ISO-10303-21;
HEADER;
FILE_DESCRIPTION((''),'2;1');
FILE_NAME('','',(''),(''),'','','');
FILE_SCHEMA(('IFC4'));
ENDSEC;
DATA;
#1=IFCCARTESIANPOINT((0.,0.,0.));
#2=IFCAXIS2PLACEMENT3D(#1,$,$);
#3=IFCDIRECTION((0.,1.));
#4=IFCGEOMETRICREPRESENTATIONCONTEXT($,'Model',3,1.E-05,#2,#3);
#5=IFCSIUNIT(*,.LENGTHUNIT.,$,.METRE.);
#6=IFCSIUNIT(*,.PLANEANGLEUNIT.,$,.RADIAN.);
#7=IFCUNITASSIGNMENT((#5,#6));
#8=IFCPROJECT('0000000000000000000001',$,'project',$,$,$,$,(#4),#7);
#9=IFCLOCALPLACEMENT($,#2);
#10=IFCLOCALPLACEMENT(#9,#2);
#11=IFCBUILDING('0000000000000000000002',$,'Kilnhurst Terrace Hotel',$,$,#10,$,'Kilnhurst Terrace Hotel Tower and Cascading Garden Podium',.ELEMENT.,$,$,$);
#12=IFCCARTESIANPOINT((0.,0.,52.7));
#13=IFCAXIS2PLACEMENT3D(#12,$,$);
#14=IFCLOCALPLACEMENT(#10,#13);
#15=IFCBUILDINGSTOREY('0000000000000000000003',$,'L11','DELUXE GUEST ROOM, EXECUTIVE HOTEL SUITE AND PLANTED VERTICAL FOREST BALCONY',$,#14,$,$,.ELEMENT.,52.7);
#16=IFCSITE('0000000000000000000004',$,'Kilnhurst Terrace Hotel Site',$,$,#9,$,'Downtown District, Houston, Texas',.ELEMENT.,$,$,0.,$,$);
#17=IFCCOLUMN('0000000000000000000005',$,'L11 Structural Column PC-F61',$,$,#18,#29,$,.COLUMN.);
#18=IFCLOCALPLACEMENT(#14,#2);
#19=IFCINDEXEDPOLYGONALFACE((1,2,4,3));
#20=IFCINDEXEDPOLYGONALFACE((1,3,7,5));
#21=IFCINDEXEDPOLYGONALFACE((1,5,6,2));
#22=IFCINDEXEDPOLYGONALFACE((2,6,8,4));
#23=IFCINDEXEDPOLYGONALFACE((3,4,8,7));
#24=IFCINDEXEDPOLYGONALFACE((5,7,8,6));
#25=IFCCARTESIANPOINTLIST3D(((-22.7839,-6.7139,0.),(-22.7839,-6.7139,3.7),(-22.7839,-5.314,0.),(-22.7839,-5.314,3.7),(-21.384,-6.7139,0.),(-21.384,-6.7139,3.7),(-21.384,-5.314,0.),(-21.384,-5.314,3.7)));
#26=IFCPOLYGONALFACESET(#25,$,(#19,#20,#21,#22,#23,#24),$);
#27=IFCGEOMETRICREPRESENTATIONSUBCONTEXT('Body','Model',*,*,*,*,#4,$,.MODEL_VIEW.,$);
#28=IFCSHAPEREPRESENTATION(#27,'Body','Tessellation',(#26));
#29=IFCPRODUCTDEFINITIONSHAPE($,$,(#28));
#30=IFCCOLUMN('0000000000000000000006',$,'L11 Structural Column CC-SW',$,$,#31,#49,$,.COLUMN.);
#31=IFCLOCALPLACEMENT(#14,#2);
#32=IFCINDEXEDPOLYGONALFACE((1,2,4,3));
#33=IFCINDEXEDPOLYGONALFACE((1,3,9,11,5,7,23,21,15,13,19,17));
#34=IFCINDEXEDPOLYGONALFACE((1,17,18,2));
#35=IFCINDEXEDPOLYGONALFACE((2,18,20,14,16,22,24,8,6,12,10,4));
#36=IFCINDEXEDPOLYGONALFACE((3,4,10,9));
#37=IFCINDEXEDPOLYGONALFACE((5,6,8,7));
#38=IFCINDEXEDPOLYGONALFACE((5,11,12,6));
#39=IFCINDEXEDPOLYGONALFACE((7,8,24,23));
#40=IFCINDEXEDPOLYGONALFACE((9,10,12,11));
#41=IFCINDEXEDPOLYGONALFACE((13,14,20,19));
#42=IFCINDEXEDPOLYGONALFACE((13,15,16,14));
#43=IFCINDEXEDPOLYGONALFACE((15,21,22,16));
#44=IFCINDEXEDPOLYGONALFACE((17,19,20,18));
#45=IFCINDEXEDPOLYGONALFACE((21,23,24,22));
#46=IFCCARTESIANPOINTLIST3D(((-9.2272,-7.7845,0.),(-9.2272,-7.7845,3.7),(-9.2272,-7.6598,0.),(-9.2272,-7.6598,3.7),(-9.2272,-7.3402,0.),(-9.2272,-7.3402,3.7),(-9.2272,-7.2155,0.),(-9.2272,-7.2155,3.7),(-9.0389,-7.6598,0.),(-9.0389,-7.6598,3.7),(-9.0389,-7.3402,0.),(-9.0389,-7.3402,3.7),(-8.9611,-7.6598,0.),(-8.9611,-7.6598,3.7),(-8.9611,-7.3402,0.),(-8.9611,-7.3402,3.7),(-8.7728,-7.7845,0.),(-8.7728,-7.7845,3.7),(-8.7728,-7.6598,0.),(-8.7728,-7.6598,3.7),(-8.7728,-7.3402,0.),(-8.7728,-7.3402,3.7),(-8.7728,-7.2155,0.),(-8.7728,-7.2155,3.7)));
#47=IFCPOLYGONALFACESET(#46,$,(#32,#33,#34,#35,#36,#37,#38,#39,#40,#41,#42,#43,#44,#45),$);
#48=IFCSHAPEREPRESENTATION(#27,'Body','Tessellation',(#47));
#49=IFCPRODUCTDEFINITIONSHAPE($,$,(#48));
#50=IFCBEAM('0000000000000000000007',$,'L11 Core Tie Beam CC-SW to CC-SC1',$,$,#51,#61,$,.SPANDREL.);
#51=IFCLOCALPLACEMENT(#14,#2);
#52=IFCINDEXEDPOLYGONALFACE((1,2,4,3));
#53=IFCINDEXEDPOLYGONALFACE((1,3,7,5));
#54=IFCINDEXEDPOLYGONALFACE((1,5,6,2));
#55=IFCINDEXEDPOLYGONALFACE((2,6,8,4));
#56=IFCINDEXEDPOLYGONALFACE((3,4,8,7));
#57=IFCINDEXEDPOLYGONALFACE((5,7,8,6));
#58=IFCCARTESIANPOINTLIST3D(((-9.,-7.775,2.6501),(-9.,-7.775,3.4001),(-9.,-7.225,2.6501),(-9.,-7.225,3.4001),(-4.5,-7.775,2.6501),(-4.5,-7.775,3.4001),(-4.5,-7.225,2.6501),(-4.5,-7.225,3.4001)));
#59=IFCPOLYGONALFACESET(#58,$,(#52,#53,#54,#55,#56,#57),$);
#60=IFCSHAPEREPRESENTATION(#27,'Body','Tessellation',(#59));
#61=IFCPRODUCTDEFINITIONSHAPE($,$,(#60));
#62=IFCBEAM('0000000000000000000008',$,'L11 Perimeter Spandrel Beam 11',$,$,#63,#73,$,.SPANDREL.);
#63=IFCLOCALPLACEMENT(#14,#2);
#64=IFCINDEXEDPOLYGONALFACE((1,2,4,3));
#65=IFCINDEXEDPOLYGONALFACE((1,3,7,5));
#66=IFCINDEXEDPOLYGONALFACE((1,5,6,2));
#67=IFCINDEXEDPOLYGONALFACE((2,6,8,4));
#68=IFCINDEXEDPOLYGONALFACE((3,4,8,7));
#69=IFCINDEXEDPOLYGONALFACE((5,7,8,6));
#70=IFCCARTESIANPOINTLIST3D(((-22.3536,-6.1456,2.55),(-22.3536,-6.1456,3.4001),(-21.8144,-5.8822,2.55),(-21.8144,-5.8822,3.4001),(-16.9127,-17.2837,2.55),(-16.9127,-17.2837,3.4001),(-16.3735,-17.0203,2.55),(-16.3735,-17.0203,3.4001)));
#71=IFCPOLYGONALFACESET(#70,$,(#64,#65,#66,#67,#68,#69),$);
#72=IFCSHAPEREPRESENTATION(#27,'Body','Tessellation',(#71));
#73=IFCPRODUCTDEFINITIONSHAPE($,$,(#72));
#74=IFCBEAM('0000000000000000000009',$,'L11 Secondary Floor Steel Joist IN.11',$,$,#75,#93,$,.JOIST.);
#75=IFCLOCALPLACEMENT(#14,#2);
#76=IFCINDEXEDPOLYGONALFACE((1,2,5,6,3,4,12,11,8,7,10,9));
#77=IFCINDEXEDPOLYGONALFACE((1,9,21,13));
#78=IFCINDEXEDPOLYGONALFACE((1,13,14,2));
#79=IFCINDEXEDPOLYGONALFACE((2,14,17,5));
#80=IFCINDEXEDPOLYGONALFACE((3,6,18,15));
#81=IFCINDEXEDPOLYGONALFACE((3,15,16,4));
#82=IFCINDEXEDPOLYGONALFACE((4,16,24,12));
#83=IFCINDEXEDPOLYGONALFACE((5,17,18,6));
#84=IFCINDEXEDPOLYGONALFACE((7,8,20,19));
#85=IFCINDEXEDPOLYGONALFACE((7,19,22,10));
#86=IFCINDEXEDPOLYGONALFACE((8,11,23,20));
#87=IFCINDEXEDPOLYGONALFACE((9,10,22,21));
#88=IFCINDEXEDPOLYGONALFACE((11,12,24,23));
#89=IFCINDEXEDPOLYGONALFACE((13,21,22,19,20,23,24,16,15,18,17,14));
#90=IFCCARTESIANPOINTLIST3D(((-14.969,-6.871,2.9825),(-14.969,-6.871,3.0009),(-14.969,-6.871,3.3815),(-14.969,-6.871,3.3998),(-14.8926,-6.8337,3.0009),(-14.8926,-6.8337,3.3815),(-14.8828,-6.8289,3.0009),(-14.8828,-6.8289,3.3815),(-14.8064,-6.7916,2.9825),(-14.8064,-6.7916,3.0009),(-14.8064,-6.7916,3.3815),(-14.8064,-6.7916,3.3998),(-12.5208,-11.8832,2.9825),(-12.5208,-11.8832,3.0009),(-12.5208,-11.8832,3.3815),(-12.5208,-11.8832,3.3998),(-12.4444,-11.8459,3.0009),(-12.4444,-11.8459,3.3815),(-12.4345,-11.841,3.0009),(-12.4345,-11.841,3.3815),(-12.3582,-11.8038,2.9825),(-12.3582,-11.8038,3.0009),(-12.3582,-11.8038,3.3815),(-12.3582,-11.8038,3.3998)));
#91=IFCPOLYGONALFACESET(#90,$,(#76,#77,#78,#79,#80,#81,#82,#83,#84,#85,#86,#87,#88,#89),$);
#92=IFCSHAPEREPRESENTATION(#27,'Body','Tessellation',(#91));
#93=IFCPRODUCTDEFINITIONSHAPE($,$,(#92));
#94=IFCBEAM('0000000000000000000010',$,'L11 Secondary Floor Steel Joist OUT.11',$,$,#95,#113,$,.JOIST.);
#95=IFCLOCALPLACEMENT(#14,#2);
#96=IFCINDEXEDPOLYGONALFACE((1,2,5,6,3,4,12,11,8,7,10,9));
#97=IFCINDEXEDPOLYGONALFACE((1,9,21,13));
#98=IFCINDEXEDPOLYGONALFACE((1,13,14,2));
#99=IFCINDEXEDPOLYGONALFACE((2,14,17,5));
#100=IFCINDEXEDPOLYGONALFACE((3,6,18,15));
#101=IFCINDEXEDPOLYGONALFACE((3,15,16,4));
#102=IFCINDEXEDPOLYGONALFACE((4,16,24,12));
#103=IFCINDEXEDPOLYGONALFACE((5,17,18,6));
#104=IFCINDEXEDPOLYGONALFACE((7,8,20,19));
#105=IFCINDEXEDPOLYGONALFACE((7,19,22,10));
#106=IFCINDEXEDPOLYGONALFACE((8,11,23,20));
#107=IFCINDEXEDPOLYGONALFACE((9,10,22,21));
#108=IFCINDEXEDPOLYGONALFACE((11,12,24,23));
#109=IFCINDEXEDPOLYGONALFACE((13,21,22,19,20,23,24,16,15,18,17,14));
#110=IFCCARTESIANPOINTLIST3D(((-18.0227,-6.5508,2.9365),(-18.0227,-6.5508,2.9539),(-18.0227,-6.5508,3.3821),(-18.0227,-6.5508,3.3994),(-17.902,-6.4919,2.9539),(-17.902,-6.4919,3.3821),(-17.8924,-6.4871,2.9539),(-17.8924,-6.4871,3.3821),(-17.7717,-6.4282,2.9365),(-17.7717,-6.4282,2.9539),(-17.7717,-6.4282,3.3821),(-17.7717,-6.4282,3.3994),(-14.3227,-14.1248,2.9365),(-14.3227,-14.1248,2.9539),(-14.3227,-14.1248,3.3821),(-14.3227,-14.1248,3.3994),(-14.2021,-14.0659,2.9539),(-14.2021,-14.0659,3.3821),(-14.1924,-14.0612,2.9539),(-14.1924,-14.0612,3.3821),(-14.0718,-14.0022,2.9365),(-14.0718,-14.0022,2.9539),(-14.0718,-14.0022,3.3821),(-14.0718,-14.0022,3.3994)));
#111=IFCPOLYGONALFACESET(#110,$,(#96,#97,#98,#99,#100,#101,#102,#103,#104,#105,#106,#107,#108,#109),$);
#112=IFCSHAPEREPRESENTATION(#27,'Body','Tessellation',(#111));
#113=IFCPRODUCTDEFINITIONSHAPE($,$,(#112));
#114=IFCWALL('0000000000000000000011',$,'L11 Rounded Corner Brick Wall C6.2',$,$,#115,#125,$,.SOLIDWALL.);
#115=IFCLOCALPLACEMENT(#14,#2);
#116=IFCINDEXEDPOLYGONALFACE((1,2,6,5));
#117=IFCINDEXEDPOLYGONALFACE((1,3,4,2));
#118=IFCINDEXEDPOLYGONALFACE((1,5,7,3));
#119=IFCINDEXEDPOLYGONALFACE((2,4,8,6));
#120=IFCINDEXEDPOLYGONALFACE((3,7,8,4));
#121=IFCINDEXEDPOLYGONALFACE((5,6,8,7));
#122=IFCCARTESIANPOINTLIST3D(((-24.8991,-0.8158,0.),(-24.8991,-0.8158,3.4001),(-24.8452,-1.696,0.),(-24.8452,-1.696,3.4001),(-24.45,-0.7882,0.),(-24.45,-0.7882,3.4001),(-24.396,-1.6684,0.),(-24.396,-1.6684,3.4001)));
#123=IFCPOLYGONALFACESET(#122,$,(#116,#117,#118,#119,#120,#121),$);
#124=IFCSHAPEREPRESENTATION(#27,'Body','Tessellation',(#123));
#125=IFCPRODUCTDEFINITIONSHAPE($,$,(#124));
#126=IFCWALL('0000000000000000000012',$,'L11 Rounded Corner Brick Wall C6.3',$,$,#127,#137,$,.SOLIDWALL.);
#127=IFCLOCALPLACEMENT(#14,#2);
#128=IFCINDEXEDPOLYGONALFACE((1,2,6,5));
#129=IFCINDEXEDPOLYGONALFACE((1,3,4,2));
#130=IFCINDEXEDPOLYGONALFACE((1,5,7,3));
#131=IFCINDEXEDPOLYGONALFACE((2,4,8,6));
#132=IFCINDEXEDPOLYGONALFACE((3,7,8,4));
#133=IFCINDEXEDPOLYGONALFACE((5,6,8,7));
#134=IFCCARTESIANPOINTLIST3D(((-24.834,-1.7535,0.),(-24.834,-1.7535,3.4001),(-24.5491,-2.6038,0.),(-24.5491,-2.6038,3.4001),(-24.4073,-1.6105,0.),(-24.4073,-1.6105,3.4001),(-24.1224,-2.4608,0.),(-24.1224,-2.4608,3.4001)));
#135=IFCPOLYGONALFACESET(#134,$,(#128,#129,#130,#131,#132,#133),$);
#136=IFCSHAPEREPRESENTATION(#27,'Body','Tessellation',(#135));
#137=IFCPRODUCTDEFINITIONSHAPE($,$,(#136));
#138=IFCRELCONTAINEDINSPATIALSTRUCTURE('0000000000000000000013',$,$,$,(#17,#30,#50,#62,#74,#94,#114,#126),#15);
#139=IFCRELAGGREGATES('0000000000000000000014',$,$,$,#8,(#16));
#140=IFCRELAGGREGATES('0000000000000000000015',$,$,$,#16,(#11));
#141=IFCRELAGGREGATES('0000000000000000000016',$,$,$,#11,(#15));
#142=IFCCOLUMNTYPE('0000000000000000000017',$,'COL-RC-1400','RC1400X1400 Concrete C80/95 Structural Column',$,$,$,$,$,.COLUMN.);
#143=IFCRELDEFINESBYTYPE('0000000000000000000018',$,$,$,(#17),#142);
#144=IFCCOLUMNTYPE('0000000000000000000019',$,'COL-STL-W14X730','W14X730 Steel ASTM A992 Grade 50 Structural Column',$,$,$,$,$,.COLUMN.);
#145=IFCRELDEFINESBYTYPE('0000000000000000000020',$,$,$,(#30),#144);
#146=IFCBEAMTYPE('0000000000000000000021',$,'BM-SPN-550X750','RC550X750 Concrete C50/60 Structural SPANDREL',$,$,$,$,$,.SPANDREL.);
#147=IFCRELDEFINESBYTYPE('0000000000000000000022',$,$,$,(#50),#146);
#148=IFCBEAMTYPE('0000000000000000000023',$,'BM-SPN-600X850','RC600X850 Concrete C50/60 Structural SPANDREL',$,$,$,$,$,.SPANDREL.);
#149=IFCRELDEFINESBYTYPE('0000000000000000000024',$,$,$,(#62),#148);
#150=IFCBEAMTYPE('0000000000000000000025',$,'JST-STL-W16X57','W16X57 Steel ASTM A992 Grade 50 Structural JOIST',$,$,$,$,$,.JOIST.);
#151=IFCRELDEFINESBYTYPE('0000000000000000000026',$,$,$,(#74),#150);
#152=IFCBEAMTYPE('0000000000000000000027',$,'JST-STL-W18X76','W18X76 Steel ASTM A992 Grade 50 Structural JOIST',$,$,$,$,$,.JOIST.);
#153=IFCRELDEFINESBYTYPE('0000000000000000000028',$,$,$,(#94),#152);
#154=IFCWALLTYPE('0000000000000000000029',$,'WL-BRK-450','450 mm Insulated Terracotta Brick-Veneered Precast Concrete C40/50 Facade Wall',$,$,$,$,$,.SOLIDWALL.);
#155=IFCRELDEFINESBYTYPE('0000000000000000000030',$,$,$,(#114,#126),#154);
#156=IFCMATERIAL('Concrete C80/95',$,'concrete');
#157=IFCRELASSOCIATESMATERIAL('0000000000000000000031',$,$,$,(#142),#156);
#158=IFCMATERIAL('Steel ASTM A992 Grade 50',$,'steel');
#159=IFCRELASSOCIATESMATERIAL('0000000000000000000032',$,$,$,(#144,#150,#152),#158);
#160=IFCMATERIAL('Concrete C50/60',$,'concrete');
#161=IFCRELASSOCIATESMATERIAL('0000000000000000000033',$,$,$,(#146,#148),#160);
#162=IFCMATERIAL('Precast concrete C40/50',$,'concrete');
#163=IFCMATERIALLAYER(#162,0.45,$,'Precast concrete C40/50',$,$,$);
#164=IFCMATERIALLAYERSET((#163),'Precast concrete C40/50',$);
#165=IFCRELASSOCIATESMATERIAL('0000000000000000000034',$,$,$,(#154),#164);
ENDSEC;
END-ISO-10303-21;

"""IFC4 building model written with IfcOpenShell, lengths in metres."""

from ifc_helpers import new_model, si_unit, direction, frame, frame_2d, origin, origin_2d, place, context, subcontext, project, spatial, rectangle, i_section, extrude, material, layer, layer_set, material_profile, profile_set, type_object, element, save


model = new_model("IFC4")

# Units and contexts
model_context = context("Model", 3, precision=1e-05, world=origin(), true_north=direction((0.0, 1.0)))
body_context = subcontext(model_context, "Body", "Model", "MODEL_VIEW")
ifc_project = project(units=[si_unit("LENGTHUNIT", "METRE"), si_unit("PLANEANGLEUNIT", "RADIAN")], contexts=[model_context])

# Site, building, storey
site_placement = place(None, origin())
site = spatial("IfcSite", under=ifc_project, at=site_placement, Name="Kilnhurst Terrace Hotel Site", LongName="Downtown District, Houston, Texas", CompositionType="ELEMENT", RefElevation=0.0)
building_placement = place(site_placement, origin())
building = spatial("IfcBuilding", under=site, at=building_placement, Name="Kilnhurst Terrace Hotel", LongName="Kilnhurst Terrace Hotel Tower and Cascading Garden Podium", CompositionType="ELEMENT")
storey_placement = place(building_placement, frame((0.0, 0.0, 52.7)))
storey = spatial("IfcBuildingStorey", under=building, at=storey_placement, Name="L11", Description="DELUXE GUEST ROOM, EXECUTIVE HOTEL SUITE AND PLANTED VERTICAL FOREST BALCONY", CompositionType="ELEMENT", Elevation=52.7)

# Columns
ifc_material_1 = material(Name="Concrete C80/95", Category="concrete")
ifc_material_profile_1 = material_profile(ifc_material_1, rectangle(XDim=1.3999, YDim=1.3999, at=origin_2d()), Name="RC1400X1400")
ifc_profile_set_1 = profile_set([ifc_material_profile_1], Name="Concrete C80/95")
column_type_1 = type_object("IfcColumnType", Name="COL-RC-1400", Description="RC1400X1400 Concrete C80/95 Structural Column", PredefinedType="COLUMN", material=ifc_profile_set_1)
column_1_placement = place(storey_placement, frame((-22.084, -6.0139, 0.0), z_axis=(0.0, 0.0, 1.0), x_axis=(1.0, 0.0, 0.0)))
element("IfcColumn", 1, at=column_1_placement, inside=storey, type_object=column_type_1, Name="L11 Structural Column PC-F61", PredefinedType="COLUMN", context=body_context, shape_type="SweptSolid", body=[
    extrude(rectangle(XDim=1.3999, YDim=1.3999, at=origin_2d()), origin(), (0.0, 0.0, 1.0), 3.7),
])
ifc_material_2 = material(Name="Steel ASTM A992 Grade 50", Category="steel")
ifc_material_profile_2 = material_profile(ifc_material_2, i_section(OverallWidth=0.4543, OverallDepth=0.5691, WebThickness=0.0779, FlangeThickness=0.1248, at=origin_2d()), Name="W14X730")
ifc_profile_set_2 = profile_set([ifc_material_profile_2], Name="Steel ASTM A992 Grade 50")
column_type_2 = type_object("IfcColumnType", Name="COL-STL-W14X730", Description="W14X730 Steel ASTM A992 Grade 50 Structural Column", PredefinedType="COLUMN", material=ifc_profile_set_2)
column_2_placement = place(storey_placement, frame((-9.0, -7.5, 0.0), z_axis=(0.0, 0.0, 1.0), x_axis=(1.0, 0.0, 0.0)))
element("IfcColumn", 2, at=column_2_placement, inside=storey, type_object=column_type_2, Name="L11 Structural Column CC-SW", PredefinedType="COLUMN", context=body_context, shape_type="SweptSolid", body=[
    extrude(i_section(OverallWidth=0.4543, OverallDepth=0.5691, WebThickness=0.0779, FlangeThickness=0.1248, at=origin_2d()), origin(), (0.0, 0.0, 1.0), 3.7),
])

# Beams
ifc_material_3 = material(Name="Concrete C50/60", Category="concrete")
ifc_material_profile_3 = material_profile(ifc_material_3, rectangle(XDim=0.55, YDim=0.75, at=origin_2d()), Name="RC550X750")
ifc_profile_set_3 = profile_set([ifc_material_profile_3], Name="Concrete C50/60")
beam_type_1 = type_object("IfcBeamType", Name="BM-SPN-550X750", Description="RC550X750 Concrete C50/60 Structural SPANDREL", PredefinedType="SPANDREL", material=ifc_profile_set_3)
beam_1_placement = place(storey_placement, frame((-9.0, -7.5, 3.0251), z_axis=(1.0, 0.0, 0.0), x_axis=(0.0, 1.0, 0.0)))
element("IfcBeam", 3, at=beam_1_placement, inside=storey, type_object=beam_type_1, Name="L11 Core Tie Beam CC-SW to CC-SC1", PredefinedType="SPANDREL", context=body_context, shape_type="SweptSolid", body=[
    extrude(rectangle(XDim=0.55, YDim=0.75, at=origin_2d()), origin(), (0.0, 0.0, 1.0), 4.5),
])
ifc_material_profile_4 = material_profile(ifc_material_3, rectangle(XDim=0.6001, YDim=0.8501, at=origin_2d()), Name="RC600X850")
ifc_profile_set_4 = profile_set([ifc_material_profile_4], Name="Concrete C50/60")
beam_type_2 = type_object("IfcBeamType", Name="BM-SPN-600X850", Description="RC600X850 Concrete C50/60 Structural SPANDREL", PredefinedType="SPANDREL", material=ifc_profile_set_4)
beam_2_placement = place(storey_placement, frame((-22.084, -6.0139, 2.9751), z_axis=(0.438923, -0.898525, 0.0), x_axis=(0.898525, 0.438923, 0.0)))
element("IfcBeam", 4, at=beam_2_placement, inside=storey, type_object=beam_type_2, Name="L11 Perimeter Spandrel Beam 11", PredefinedType="SPANDREL", context=body_context, shape_type="SweptSolid", body=[
    extrude(rectangle(XDim=0.6001, YDim=0.8501, at=origin_2d()), origin(), (0.0, 0.0, 1.0), 12.396),
])
ifc_material_profile_5 = material_profile(ifc_material_2, i_section(OverallWidth=0.1809, OverallDepth=0.4172, WebThickness=0.011, FlangeThickness=0.0183, at=origin_2d()), Name="W16X57")
ifc_profile_set_5 = profile_set([ifc_material_profile_5], Name="Steel ASTM A992 Grade 50")
beam_type_3 = type_object("IfcBeamType", Name="JST-STL-W16X57", Description="W16X57 Steel ASTM A992 Grade 50 Structural JOIST", PredefinedType="JOIST", material=ifc_profile_set_5)
beam_3_placement = place(storey_placement, frame((-14.8877, -6.8313, 3.1912), z_axis=(0.438896, -0.898538, 0.0), x_axis=(0.898538, 0.438896, 0.0)))
element("IfcBeam", 5, at=beam_3_placement, inside=storey, type_object=beam_type_3, Name="L11 Secondary Floor Steel Joist IN.11", PredefinedType="JOIST", context=body_context, shape_type="SweptSolid", body=[
    extrude(i_section(OverallWidth=0.1809, OverallDepth=0.4172, WebThickness=0.011, FlangeThickness=0.0183, at=origin_2d()), origin(), (0.0, 0.0, 1.0), 5.5781),
])
ifc_material_profile_6 = material_profile(ifc_material_2, i_section(OverallWidth=0.2793, OverallDepth=0.4629, WebThickness=0.0107, FlangeThickness=0.0173, at=origin_2d()), Name="W18X76")
ifc_profile_set_6 = profile_set([ifc_material_profile_6], Name="Steel ASTM A992 Grade 50")
beam_type_4 = type_object("IfcBeamType", Name="JST-STL-W18X76", Description="W18X76 Steel ASTM A992 Grade 50 Structural JOIST", PredefinedType="JOIST", material=ifc_profile_set_6)
beam_4_placement = place(storey_placement, frame((-17.8972, -6.4895, 3.168), z_axis=(0.438934, -0.898519, 0.0), x_axis=(0.898519, 0.438934, 0.0)))
element("IfcBeam", 6, at=beam_4_placement, inside=storey, type_object=beam_type_4, Name="L11 Secondary Floor Steel Joist OUT.11", PredefinedType="JOIST", context=body_context, shape_type="SweptSolid", body=[
    extrude(i_section(OverallWidth=0.2793, OverallDepth=0.4629, WebThickness=0.0107, FlangeThickness=0.0173, at=origin_2d()), origin(), (0.0, 0.0, 1.0), 8.4294),
])

# Walls
ifc_material_4 = material(Name="Precast concrete C40/50", Category="concrete")
ifc_layer_1 = layer(ifc_material_4, 0.45, Name="Precast concrete C40/50")
ifc_layer_set_1 = layer_set([ifc_layer_1], Name="Precast concrete C40/50")
wall_type_1 = type_object("IfcWallType", Name="WL-BRK-450", Description="450 mm Insulated Terracotta Brick-Veneered Precast Concrete C40/50 Facade Wall", PredefinedType="SOLIDWALL", material=ifc_layer_set_1)
wall_1_placement = place(storey_placement, frame((-24.6746, -0.802, 0.0), z_axis=(0.0, 0.0, 1.0), x_axis=(0.061189, -0.998126, 0.0)))
element("IfcWall", 7, at=wall_1_placement, inside=storey, type_object=wall_type_1, Name="L11 Rounded Corner Brick Wall C6.2", PredefinedType="SOLIDWALL", context=body_context, shape_type="SweptSolid", body=[
    extrude(rectangle(XDim=0.8818, YDim=0.45, at=frame_2d((0.4409, 0.0))), origin(), (0.0, 0.0, 1.0), 3.4001),
])
wall_2_placement = place(storey_placement, frame((-24.6206, -1.6821, 0.0), z_axis=(0.0, 0.0, 1.0), x_axis=(0.317697, -0.948192, 0.0)))
element("IfcWall", 8, at=wall_2_placement, inside=storey, type_object=wall_type_1, Name="L11 Rounded Corner Brick Wall C6.3", PredefinedType="SOLIDWALL", context=body_context, shape_type="SweptSolid", body=[
    extrude(rectangle(XDim=0.8967, YDim=0.45, at=frame_2d((0.4482, 0.0))), origin(), (0.0, 0.0, 1.0), 3.4001),
])

save(model, "model.ifc")
